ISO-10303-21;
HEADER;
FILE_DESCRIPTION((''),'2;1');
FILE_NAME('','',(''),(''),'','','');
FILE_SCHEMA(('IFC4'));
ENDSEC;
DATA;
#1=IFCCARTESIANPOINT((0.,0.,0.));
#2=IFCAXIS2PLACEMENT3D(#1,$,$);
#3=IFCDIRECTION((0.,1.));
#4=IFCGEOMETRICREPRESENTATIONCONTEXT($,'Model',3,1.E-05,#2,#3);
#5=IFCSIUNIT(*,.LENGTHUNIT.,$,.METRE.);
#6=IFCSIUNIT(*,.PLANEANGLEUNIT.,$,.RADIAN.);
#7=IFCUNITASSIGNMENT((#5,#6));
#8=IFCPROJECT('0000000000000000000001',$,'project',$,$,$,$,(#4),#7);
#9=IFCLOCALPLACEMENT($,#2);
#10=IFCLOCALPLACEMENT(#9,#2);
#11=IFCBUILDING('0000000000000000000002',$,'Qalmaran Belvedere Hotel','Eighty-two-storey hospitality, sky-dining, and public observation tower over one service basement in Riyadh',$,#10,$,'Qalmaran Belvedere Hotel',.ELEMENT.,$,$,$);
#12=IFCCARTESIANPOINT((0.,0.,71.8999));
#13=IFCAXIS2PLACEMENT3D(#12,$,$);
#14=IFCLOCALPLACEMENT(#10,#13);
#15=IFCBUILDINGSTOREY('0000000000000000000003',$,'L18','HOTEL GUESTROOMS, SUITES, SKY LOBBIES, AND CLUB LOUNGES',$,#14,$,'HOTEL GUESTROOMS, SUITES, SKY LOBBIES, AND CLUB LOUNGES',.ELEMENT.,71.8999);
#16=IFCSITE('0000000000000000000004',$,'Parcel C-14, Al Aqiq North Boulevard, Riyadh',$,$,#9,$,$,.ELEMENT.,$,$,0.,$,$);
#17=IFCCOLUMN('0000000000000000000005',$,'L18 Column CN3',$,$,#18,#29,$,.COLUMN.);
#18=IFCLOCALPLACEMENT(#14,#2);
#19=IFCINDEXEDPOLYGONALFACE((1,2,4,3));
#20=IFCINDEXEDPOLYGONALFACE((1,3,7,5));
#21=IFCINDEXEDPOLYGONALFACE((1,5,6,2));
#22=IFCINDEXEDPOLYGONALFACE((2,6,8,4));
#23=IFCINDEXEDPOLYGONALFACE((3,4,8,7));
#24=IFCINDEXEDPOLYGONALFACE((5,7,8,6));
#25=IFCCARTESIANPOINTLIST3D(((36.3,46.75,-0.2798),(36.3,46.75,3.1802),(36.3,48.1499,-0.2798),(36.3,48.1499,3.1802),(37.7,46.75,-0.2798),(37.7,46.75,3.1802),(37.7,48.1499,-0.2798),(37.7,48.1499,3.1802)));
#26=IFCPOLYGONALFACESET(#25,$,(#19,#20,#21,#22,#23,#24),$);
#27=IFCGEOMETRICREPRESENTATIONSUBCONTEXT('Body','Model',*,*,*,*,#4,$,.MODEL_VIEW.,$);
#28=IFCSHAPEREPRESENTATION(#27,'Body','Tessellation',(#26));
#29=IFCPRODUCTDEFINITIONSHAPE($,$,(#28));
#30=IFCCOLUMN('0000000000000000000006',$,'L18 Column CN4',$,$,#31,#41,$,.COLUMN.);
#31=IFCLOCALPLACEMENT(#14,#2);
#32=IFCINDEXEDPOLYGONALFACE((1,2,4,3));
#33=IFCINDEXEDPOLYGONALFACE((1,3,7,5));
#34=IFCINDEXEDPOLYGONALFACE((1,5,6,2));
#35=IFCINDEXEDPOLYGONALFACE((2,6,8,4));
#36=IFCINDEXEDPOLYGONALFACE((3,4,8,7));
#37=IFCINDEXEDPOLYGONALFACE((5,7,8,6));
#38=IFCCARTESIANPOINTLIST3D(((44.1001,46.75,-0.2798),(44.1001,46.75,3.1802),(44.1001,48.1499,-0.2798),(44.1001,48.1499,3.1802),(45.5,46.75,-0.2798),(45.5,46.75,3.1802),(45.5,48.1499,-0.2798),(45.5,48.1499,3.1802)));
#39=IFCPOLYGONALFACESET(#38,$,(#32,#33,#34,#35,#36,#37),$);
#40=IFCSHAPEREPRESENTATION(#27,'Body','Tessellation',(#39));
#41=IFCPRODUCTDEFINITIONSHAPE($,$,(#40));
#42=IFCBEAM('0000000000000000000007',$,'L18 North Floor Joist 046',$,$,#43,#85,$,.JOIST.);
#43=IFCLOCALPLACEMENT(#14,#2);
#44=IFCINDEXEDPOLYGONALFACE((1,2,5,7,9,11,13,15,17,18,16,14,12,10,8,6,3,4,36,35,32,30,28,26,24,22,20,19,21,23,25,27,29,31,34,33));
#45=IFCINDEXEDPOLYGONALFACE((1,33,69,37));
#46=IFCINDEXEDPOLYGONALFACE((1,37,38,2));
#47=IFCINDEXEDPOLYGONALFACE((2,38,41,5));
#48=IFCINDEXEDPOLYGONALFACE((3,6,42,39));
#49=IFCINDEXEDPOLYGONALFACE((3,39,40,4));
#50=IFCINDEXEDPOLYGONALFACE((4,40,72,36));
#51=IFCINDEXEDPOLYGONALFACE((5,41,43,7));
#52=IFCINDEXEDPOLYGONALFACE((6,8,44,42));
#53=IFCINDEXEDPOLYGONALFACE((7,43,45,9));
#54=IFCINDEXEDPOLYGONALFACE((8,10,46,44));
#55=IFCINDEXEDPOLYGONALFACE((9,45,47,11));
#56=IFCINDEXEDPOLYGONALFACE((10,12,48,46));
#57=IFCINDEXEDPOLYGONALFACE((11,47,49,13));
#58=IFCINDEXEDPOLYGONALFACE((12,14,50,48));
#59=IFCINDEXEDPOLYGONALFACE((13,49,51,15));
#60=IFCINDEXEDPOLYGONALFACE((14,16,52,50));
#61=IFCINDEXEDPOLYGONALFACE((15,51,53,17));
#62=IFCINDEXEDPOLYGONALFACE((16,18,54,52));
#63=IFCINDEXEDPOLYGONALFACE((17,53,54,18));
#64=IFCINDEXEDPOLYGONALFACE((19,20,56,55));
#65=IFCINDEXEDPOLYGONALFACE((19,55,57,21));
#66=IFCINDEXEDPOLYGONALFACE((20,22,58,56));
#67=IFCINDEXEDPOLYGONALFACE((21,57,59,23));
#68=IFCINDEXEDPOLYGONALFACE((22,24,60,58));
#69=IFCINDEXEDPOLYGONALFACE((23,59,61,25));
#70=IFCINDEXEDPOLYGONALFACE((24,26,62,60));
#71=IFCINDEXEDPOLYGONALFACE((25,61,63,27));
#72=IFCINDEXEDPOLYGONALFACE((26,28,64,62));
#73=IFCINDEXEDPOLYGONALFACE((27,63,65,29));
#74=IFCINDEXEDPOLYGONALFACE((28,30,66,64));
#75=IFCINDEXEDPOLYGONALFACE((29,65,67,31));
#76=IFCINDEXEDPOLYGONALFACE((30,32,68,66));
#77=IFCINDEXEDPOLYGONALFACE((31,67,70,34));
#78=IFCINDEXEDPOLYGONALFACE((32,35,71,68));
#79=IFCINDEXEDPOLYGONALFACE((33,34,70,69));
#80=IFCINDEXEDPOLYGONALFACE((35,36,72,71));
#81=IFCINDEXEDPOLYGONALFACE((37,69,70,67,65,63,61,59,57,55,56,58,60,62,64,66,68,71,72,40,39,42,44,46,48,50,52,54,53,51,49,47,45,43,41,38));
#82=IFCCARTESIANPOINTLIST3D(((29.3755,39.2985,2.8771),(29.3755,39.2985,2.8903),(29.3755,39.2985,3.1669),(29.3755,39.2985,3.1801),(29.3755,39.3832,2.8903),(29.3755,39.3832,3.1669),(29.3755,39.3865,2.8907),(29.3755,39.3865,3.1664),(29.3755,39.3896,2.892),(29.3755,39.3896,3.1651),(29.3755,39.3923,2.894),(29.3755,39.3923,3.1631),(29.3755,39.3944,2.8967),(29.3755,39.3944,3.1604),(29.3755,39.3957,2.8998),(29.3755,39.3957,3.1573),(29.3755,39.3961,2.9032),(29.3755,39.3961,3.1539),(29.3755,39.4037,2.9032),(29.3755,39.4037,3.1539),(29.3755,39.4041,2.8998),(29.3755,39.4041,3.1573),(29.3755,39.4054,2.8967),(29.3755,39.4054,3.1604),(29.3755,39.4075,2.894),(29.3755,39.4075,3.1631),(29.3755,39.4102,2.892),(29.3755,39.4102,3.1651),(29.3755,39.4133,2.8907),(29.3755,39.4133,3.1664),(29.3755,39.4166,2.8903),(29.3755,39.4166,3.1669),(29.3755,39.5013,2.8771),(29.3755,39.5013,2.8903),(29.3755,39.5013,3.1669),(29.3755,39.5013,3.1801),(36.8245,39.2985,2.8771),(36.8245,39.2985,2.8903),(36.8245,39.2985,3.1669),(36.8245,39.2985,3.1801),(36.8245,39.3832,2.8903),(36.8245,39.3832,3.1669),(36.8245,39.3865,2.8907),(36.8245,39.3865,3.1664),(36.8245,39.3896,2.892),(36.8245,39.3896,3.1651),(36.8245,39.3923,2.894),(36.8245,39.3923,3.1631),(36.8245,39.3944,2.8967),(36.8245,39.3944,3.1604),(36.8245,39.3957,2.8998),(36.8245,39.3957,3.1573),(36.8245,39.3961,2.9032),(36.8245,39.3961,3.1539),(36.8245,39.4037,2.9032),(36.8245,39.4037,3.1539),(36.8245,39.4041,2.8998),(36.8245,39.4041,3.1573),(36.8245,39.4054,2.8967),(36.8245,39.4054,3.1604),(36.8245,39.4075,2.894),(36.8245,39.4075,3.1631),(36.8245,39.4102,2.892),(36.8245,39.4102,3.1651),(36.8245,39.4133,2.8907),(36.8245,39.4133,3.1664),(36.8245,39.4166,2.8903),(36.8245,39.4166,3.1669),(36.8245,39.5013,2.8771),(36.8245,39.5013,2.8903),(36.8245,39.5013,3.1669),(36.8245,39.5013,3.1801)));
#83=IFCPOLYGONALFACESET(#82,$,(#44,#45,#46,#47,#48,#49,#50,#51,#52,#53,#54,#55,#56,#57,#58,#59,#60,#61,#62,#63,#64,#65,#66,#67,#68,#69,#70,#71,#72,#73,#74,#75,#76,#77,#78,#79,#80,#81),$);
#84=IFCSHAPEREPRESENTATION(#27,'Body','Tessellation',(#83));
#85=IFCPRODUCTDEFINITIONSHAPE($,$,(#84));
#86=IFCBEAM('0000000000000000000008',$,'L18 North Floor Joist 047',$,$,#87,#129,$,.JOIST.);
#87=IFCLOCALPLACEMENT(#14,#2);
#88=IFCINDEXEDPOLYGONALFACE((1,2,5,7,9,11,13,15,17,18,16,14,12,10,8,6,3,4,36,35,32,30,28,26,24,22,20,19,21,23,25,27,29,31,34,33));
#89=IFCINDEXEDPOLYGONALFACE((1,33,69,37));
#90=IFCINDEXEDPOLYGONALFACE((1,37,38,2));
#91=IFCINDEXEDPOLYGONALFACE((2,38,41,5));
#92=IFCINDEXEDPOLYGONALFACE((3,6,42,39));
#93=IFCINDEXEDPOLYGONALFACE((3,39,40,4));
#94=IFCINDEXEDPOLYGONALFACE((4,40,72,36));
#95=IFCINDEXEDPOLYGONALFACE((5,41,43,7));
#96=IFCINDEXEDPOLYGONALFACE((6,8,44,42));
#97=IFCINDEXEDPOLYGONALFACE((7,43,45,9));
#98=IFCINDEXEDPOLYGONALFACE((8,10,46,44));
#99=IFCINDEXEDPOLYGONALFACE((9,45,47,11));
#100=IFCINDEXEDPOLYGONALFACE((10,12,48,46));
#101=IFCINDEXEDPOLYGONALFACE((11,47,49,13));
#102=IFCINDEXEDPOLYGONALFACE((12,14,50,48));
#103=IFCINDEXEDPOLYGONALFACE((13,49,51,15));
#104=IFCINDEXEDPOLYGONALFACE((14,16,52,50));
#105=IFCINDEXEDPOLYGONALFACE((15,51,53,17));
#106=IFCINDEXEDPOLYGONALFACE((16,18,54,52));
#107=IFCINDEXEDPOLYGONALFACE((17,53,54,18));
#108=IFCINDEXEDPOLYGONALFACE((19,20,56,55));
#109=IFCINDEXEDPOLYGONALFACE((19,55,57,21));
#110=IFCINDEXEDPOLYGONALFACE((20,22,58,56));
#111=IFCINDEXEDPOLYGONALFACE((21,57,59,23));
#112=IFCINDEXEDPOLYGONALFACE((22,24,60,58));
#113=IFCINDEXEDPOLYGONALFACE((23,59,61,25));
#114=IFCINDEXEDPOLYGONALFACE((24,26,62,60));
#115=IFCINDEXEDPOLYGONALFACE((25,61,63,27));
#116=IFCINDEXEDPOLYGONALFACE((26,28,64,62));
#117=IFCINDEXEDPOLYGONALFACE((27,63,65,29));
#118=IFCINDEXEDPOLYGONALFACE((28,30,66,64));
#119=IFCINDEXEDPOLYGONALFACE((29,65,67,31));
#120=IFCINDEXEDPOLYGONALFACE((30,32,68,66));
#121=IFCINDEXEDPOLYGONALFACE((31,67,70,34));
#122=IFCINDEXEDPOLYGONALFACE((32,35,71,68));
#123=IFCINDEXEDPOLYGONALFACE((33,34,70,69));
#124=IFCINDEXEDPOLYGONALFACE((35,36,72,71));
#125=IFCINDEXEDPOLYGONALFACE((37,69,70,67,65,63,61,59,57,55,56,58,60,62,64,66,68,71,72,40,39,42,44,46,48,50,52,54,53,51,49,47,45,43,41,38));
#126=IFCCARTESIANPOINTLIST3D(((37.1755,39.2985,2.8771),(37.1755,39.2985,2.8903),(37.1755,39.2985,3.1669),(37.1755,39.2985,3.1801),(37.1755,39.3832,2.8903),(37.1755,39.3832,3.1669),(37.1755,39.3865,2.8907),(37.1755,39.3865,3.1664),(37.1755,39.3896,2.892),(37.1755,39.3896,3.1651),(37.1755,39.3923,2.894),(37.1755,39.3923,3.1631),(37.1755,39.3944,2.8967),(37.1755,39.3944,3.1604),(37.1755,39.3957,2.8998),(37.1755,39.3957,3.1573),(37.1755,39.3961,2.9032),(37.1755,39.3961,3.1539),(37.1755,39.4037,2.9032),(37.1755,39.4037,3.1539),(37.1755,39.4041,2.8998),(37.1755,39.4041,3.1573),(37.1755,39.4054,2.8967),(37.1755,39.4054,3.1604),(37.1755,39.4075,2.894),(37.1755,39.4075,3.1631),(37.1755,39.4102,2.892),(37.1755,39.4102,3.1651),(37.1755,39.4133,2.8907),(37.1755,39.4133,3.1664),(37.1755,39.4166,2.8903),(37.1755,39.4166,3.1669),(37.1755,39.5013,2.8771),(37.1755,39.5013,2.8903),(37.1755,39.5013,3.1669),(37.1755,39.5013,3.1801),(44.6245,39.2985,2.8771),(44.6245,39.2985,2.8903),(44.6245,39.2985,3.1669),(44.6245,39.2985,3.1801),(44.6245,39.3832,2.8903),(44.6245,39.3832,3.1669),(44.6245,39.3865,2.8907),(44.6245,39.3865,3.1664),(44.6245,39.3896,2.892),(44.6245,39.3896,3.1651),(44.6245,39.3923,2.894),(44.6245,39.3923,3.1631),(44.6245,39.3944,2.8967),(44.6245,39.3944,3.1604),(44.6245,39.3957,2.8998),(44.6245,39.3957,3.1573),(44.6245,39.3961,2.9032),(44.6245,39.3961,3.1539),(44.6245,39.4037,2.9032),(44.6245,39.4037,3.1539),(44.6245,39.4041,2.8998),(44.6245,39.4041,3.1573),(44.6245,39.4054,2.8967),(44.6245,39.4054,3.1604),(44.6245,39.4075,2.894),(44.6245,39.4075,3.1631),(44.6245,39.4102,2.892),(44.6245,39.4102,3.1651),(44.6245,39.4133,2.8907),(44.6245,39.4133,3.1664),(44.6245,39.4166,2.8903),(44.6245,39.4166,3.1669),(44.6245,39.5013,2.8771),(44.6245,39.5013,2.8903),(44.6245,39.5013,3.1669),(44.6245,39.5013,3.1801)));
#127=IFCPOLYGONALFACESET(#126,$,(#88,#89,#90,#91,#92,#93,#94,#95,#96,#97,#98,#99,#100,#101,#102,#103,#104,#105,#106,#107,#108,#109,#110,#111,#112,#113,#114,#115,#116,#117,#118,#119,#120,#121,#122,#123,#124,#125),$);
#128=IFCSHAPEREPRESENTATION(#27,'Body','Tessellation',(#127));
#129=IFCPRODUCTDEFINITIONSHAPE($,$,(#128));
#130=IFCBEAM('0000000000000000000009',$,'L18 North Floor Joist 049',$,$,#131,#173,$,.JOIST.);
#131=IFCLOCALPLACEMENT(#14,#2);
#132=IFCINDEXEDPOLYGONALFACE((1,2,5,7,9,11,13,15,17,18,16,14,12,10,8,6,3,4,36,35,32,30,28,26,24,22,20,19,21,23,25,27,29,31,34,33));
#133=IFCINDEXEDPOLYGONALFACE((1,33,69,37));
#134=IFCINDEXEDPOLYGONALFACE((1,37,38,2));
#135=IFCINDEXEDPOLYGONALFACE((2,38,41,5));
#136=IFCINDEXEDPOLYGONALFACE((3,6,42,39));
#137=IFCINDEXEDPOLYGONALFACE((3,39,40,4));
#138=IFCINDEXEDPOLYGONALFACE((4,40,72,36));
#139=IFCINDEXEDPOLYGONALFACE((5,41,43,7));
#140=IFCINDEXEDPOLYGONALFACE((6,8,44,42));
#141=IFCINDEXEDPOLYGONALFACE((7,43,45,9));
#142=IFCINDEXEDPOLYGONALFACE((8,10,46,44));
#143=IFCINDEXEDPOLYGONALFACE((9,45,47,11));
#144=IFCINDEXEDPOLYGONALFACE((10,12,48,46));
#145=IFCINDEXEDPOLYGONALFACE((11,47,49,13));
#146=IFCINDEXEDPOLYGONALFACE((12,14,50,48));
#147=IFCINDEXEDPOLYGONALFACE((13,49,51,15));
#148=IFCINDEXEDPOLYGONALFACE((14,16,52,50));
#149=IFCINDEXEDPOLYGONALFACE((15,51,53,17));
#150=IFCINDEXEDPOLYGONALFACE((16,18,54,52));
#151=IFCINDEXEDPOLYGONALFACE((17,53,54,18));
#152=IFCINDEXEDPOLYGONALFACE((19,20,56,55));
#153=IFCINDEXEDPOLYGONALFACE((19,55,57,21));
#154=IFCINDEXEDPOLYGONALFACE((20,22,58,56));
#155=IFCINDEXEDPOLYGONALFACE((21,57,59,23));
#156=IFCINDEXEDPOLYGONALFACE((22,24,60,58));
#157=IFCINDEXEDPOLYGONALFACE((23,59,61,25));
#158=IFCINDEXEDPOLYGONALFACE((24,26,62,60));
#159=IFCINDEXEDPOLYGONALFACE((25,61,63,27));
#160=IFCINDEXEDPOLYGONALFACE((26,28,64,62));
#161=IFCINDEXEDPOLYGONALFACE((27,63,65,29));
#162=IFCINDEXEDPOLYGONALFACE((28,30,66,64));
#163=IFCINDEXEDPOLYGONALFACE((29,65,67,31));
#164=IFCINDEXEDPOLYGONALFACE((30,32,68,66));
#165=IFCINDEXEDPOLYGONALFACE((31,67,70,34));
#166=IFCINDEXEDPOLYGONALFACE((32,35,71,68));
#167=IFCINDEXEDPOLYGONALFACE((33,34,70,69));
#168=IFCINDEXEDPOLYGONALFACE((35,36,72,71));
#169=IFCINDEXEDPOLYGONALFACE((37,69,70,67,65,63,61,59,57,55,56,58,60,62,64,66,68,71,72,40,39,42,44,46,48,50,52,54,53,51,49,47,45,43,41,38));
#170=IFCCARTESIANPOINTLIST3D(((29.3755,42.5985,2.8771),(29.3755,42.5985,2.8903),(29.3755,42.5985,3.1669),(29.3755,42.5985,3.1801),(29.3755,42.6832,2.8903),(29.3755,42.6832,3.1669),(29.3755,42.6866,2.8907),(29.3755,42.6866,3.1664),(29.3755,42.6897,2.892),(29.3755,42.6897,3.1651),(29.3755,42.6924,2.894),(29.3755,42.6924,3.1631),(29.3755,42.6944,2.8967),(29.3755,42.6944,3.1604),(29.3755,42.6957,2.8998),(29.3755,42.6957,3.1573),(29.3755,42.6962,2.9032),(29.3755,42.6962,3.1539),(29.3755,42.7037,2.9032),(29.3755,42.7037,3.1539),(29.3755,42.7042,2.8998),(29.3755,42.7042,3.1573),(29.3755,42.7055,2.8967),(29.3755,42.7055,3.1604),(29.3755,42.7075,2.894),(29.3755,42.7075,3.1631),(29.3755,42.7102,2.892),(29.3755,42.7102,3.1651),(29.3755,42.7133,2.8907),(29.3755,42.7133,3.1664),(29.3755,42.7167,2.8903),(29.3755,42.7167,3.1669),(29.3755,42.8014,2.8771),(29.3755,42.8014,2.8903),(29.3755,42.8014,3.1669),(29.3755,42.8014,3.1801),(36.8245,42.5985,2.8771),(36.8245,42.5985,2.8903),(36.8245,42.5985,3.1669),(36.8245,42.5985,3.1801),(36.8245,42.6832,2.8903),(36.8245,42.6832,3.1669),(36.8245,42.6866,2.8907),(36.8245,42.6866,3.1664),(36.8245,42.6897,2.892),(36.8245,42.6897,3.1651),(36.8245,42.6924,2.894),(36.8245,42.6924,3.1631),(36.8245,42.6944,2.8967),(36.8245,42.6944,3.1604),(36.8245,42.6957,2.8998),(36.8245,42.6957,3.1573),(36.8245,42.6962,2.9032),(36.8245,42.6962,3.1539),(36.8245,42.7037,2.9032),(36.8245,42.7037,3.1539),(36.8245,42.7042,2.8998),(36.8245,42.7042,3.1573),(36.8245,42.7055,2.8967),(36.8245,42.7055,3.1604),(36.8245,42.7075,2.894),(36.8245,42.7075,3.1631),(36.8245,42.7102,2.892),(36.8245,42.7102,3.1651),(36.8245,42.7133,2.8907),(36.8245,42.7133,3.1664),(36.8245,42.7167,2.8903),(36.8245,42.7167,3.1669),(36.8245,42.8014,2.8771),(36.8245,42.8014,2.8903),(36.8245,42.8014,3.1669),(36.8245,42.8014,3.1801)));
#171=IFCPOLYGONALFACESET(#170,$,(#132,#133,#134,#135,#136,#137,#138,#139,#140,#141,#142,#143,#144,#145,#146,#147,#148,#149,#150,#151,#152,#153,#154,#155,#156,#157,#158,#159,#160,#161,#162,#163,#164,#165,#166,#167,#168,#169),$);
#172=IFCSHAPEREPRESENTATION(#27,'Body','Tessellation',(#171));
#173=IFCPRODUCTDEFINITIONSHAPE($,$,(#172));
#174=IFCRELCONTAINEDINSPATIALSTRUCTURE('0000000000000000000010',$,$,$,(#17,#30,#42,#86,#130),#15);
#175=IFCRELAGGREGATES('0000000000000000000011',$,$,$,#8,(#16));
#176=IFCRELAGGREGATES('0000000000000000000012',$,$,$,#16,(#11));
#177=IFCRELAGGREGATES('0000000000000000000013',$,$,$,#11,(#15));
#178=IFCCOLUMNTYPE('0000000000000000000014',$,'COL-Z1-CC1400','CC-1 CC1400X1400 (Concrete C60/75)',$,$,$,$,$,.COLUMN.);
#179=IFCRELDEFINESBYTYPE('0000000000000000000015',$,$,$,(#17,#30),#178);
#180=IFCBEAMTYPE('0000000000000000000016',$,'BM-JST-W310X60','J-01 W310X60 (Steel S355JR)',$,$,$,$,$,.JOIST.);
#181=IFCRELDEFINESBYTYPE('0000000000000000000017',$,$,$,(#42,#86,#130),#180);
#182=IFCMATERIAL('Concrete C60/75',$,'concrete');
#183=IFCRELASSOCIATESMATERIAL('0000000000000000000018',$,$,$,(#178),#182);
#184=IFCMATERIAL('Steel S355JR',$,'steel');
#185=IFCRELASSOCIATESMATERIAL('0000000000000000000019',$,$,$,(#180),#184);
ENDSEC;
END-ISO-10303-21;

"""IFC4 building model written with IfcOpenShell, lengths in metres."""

from ifc_helpers import new_model, si_unit, direction, frame, origin, origin_2d, place, context, subcontext, project, spatial, rectangle, i_section, extrude, material, material_profile, profile_set, type_object, element, save


model = new_model("IFC4")

# Units and contexts
model_context = context("Model", 3, precision=1e-05, world=origin(), true_north=direction((0.0, 1.0)))
body_context = subcontext(model_context, "Body", "Model", "MODEL_VIEW")
ifc_project = project(units=[si_unit("LENGTHUNIT", "METRE"), si_unit("PLANEANGLEUNIT", "RADIAN")], contexts=[model_context])

# Site, building, storey
site_placement = place(None, origin())
site = spatial("IfcSite", under=ifc_project, at=site_placement, Name="Parcel C-14, Al Aqiq North Boulevard, Riyadh", CompositionType="ELEMENT", RefElevation=0.0)
building_placement = place(site_placement, origin())
building = spatial("IfcBuilding", under=site, at=building_placement, Name="Qalmaran Belvedere Hotel", Description="Eighty-two-storey hospitality, sky-dining, and public observation tower over one service basement in Riyadh", LongName="Qalmaran Belvedere Hotel", CompositionType="ELEMENT")
storey_placement = place(building_placement, frame((0.0, 0.0, 71.8999)))
storey = spatial("IfcBuildingStorey", under=building, at=storey_placement, Name="L18", Description="HOTEL GUESTROOMS, SUITES, SKY LOBBIES, AND CLUB LOUNGES", LongName="HOTEL GUESTROOMS, SUITES, SKY LOBBIES, AND CLUB LOUNGES", CompositionType="ELEMENT", Elevation=71.8999)

# Columns
ifc_material_1 = material(Name="Concrete C60/75", Category="concrete")
ifc_material_profile_1 = material_profile(ifc_material_1, rectangle(XDim=1.3999, YDim=1.3999, at=origin_2d()), Name="CC1400X1400")
ifc_profile_set_1 = profile_set([ifc_material_profile_1], Name="Concrete C60/75")
column_type = type_object("IfcColumnType", Name="COL-Z1-CC1400", Description="CC-1 CC1400X1400 (Concrete C60/75)", PredefinedType="COLUMN", material=ifc_profile_set_1)
for number, where, z_axis, x_axis, name in (
    (1, (37.0, 47.45, -0.2798), (0.0, 0.0, 1.0), (1.0, 0.0, 0.0), "L18 Column CN3"),
    (2, (44.8, 47.45, -0.2798), (0.0, 0.0, 1.0), (1.0, 0.0, 0.0), "L18 Column CN4"),
):
    element("IfcColumn", number, at=place(storey_placement, frame(where, z_axis=z_axis, x_axis=x_axis)), inside=storey, type_object=column_type, Name=name, PredefinedType="COLUMN", context=body_context, shape_type="SweptSolid", body=[
        extrude(rectangle(XDim=1.3999, YDim=1.3999, at=origin_2d()), origin(), (0.0, 0.0, 1.0), 3.46),
    ])

# Beams
ifc_material_2 = material(Name="Steel S355JR", Category="steel")
ifc_material_profile_2 = material_profile(ifc_material_2, i_section(OverallWidth=0.2029, OverallDepth=0.303, WebThickness=0.0076, FlangeThickness=0.0132, FilletRadius=0.0129, at=origin_2d()), Name="W310X60")
ifc_profile_set_2 = profile_set([ifc_material_profile_2], Name="Steel S355JR")
beam_type_1 = type_object("IfcBeamType", Name="BM-JST-W310X60", Description="J-01 W310X60 (Steel S355JR)", PredefinedType="JOIST", material=ifc_profile_set_2)
for number, where, z_axis, x_axis, name in (
    (3, (29.3755, 39.3999, 3.0286), (1.0, 0.0, 0.0), (0.0, 1.0, 0.0), "L18 North Floor Joist 046"),
    (4, (37.1755, 39.3999, 3.0286), (1.0, 0.0, 0.0), (0.0, 1.0, 0.0), "L18 North Floor Joist 047"),
    (5, (29.3755, 42.7, 3.0286), (1.0, 0.0, 0.0), (0.0, 1.0, 0.0), "L18 North Floor Joist 049"),
):
    element("IfcBeam", number, at=place(storey_placement, frame(where, z_axis=z_axis, x_axis=x_axis)), inside=storey, type_object=beam_type_1, Name=name, PredefinedType="JOIST", context=body_context, shape_type="SweptSolid", body=[
        extrude(i_section(OverallWidth=0.2029, OverallDepth=0.303, WebThickness=0.0076, FlangeThickness=0.0132, FilletRadius=0.0129, at=origin_2d()), origin(), (0.0, 0.0, 1.0), 7.449),
    ])

save(model, "model.ifc")
